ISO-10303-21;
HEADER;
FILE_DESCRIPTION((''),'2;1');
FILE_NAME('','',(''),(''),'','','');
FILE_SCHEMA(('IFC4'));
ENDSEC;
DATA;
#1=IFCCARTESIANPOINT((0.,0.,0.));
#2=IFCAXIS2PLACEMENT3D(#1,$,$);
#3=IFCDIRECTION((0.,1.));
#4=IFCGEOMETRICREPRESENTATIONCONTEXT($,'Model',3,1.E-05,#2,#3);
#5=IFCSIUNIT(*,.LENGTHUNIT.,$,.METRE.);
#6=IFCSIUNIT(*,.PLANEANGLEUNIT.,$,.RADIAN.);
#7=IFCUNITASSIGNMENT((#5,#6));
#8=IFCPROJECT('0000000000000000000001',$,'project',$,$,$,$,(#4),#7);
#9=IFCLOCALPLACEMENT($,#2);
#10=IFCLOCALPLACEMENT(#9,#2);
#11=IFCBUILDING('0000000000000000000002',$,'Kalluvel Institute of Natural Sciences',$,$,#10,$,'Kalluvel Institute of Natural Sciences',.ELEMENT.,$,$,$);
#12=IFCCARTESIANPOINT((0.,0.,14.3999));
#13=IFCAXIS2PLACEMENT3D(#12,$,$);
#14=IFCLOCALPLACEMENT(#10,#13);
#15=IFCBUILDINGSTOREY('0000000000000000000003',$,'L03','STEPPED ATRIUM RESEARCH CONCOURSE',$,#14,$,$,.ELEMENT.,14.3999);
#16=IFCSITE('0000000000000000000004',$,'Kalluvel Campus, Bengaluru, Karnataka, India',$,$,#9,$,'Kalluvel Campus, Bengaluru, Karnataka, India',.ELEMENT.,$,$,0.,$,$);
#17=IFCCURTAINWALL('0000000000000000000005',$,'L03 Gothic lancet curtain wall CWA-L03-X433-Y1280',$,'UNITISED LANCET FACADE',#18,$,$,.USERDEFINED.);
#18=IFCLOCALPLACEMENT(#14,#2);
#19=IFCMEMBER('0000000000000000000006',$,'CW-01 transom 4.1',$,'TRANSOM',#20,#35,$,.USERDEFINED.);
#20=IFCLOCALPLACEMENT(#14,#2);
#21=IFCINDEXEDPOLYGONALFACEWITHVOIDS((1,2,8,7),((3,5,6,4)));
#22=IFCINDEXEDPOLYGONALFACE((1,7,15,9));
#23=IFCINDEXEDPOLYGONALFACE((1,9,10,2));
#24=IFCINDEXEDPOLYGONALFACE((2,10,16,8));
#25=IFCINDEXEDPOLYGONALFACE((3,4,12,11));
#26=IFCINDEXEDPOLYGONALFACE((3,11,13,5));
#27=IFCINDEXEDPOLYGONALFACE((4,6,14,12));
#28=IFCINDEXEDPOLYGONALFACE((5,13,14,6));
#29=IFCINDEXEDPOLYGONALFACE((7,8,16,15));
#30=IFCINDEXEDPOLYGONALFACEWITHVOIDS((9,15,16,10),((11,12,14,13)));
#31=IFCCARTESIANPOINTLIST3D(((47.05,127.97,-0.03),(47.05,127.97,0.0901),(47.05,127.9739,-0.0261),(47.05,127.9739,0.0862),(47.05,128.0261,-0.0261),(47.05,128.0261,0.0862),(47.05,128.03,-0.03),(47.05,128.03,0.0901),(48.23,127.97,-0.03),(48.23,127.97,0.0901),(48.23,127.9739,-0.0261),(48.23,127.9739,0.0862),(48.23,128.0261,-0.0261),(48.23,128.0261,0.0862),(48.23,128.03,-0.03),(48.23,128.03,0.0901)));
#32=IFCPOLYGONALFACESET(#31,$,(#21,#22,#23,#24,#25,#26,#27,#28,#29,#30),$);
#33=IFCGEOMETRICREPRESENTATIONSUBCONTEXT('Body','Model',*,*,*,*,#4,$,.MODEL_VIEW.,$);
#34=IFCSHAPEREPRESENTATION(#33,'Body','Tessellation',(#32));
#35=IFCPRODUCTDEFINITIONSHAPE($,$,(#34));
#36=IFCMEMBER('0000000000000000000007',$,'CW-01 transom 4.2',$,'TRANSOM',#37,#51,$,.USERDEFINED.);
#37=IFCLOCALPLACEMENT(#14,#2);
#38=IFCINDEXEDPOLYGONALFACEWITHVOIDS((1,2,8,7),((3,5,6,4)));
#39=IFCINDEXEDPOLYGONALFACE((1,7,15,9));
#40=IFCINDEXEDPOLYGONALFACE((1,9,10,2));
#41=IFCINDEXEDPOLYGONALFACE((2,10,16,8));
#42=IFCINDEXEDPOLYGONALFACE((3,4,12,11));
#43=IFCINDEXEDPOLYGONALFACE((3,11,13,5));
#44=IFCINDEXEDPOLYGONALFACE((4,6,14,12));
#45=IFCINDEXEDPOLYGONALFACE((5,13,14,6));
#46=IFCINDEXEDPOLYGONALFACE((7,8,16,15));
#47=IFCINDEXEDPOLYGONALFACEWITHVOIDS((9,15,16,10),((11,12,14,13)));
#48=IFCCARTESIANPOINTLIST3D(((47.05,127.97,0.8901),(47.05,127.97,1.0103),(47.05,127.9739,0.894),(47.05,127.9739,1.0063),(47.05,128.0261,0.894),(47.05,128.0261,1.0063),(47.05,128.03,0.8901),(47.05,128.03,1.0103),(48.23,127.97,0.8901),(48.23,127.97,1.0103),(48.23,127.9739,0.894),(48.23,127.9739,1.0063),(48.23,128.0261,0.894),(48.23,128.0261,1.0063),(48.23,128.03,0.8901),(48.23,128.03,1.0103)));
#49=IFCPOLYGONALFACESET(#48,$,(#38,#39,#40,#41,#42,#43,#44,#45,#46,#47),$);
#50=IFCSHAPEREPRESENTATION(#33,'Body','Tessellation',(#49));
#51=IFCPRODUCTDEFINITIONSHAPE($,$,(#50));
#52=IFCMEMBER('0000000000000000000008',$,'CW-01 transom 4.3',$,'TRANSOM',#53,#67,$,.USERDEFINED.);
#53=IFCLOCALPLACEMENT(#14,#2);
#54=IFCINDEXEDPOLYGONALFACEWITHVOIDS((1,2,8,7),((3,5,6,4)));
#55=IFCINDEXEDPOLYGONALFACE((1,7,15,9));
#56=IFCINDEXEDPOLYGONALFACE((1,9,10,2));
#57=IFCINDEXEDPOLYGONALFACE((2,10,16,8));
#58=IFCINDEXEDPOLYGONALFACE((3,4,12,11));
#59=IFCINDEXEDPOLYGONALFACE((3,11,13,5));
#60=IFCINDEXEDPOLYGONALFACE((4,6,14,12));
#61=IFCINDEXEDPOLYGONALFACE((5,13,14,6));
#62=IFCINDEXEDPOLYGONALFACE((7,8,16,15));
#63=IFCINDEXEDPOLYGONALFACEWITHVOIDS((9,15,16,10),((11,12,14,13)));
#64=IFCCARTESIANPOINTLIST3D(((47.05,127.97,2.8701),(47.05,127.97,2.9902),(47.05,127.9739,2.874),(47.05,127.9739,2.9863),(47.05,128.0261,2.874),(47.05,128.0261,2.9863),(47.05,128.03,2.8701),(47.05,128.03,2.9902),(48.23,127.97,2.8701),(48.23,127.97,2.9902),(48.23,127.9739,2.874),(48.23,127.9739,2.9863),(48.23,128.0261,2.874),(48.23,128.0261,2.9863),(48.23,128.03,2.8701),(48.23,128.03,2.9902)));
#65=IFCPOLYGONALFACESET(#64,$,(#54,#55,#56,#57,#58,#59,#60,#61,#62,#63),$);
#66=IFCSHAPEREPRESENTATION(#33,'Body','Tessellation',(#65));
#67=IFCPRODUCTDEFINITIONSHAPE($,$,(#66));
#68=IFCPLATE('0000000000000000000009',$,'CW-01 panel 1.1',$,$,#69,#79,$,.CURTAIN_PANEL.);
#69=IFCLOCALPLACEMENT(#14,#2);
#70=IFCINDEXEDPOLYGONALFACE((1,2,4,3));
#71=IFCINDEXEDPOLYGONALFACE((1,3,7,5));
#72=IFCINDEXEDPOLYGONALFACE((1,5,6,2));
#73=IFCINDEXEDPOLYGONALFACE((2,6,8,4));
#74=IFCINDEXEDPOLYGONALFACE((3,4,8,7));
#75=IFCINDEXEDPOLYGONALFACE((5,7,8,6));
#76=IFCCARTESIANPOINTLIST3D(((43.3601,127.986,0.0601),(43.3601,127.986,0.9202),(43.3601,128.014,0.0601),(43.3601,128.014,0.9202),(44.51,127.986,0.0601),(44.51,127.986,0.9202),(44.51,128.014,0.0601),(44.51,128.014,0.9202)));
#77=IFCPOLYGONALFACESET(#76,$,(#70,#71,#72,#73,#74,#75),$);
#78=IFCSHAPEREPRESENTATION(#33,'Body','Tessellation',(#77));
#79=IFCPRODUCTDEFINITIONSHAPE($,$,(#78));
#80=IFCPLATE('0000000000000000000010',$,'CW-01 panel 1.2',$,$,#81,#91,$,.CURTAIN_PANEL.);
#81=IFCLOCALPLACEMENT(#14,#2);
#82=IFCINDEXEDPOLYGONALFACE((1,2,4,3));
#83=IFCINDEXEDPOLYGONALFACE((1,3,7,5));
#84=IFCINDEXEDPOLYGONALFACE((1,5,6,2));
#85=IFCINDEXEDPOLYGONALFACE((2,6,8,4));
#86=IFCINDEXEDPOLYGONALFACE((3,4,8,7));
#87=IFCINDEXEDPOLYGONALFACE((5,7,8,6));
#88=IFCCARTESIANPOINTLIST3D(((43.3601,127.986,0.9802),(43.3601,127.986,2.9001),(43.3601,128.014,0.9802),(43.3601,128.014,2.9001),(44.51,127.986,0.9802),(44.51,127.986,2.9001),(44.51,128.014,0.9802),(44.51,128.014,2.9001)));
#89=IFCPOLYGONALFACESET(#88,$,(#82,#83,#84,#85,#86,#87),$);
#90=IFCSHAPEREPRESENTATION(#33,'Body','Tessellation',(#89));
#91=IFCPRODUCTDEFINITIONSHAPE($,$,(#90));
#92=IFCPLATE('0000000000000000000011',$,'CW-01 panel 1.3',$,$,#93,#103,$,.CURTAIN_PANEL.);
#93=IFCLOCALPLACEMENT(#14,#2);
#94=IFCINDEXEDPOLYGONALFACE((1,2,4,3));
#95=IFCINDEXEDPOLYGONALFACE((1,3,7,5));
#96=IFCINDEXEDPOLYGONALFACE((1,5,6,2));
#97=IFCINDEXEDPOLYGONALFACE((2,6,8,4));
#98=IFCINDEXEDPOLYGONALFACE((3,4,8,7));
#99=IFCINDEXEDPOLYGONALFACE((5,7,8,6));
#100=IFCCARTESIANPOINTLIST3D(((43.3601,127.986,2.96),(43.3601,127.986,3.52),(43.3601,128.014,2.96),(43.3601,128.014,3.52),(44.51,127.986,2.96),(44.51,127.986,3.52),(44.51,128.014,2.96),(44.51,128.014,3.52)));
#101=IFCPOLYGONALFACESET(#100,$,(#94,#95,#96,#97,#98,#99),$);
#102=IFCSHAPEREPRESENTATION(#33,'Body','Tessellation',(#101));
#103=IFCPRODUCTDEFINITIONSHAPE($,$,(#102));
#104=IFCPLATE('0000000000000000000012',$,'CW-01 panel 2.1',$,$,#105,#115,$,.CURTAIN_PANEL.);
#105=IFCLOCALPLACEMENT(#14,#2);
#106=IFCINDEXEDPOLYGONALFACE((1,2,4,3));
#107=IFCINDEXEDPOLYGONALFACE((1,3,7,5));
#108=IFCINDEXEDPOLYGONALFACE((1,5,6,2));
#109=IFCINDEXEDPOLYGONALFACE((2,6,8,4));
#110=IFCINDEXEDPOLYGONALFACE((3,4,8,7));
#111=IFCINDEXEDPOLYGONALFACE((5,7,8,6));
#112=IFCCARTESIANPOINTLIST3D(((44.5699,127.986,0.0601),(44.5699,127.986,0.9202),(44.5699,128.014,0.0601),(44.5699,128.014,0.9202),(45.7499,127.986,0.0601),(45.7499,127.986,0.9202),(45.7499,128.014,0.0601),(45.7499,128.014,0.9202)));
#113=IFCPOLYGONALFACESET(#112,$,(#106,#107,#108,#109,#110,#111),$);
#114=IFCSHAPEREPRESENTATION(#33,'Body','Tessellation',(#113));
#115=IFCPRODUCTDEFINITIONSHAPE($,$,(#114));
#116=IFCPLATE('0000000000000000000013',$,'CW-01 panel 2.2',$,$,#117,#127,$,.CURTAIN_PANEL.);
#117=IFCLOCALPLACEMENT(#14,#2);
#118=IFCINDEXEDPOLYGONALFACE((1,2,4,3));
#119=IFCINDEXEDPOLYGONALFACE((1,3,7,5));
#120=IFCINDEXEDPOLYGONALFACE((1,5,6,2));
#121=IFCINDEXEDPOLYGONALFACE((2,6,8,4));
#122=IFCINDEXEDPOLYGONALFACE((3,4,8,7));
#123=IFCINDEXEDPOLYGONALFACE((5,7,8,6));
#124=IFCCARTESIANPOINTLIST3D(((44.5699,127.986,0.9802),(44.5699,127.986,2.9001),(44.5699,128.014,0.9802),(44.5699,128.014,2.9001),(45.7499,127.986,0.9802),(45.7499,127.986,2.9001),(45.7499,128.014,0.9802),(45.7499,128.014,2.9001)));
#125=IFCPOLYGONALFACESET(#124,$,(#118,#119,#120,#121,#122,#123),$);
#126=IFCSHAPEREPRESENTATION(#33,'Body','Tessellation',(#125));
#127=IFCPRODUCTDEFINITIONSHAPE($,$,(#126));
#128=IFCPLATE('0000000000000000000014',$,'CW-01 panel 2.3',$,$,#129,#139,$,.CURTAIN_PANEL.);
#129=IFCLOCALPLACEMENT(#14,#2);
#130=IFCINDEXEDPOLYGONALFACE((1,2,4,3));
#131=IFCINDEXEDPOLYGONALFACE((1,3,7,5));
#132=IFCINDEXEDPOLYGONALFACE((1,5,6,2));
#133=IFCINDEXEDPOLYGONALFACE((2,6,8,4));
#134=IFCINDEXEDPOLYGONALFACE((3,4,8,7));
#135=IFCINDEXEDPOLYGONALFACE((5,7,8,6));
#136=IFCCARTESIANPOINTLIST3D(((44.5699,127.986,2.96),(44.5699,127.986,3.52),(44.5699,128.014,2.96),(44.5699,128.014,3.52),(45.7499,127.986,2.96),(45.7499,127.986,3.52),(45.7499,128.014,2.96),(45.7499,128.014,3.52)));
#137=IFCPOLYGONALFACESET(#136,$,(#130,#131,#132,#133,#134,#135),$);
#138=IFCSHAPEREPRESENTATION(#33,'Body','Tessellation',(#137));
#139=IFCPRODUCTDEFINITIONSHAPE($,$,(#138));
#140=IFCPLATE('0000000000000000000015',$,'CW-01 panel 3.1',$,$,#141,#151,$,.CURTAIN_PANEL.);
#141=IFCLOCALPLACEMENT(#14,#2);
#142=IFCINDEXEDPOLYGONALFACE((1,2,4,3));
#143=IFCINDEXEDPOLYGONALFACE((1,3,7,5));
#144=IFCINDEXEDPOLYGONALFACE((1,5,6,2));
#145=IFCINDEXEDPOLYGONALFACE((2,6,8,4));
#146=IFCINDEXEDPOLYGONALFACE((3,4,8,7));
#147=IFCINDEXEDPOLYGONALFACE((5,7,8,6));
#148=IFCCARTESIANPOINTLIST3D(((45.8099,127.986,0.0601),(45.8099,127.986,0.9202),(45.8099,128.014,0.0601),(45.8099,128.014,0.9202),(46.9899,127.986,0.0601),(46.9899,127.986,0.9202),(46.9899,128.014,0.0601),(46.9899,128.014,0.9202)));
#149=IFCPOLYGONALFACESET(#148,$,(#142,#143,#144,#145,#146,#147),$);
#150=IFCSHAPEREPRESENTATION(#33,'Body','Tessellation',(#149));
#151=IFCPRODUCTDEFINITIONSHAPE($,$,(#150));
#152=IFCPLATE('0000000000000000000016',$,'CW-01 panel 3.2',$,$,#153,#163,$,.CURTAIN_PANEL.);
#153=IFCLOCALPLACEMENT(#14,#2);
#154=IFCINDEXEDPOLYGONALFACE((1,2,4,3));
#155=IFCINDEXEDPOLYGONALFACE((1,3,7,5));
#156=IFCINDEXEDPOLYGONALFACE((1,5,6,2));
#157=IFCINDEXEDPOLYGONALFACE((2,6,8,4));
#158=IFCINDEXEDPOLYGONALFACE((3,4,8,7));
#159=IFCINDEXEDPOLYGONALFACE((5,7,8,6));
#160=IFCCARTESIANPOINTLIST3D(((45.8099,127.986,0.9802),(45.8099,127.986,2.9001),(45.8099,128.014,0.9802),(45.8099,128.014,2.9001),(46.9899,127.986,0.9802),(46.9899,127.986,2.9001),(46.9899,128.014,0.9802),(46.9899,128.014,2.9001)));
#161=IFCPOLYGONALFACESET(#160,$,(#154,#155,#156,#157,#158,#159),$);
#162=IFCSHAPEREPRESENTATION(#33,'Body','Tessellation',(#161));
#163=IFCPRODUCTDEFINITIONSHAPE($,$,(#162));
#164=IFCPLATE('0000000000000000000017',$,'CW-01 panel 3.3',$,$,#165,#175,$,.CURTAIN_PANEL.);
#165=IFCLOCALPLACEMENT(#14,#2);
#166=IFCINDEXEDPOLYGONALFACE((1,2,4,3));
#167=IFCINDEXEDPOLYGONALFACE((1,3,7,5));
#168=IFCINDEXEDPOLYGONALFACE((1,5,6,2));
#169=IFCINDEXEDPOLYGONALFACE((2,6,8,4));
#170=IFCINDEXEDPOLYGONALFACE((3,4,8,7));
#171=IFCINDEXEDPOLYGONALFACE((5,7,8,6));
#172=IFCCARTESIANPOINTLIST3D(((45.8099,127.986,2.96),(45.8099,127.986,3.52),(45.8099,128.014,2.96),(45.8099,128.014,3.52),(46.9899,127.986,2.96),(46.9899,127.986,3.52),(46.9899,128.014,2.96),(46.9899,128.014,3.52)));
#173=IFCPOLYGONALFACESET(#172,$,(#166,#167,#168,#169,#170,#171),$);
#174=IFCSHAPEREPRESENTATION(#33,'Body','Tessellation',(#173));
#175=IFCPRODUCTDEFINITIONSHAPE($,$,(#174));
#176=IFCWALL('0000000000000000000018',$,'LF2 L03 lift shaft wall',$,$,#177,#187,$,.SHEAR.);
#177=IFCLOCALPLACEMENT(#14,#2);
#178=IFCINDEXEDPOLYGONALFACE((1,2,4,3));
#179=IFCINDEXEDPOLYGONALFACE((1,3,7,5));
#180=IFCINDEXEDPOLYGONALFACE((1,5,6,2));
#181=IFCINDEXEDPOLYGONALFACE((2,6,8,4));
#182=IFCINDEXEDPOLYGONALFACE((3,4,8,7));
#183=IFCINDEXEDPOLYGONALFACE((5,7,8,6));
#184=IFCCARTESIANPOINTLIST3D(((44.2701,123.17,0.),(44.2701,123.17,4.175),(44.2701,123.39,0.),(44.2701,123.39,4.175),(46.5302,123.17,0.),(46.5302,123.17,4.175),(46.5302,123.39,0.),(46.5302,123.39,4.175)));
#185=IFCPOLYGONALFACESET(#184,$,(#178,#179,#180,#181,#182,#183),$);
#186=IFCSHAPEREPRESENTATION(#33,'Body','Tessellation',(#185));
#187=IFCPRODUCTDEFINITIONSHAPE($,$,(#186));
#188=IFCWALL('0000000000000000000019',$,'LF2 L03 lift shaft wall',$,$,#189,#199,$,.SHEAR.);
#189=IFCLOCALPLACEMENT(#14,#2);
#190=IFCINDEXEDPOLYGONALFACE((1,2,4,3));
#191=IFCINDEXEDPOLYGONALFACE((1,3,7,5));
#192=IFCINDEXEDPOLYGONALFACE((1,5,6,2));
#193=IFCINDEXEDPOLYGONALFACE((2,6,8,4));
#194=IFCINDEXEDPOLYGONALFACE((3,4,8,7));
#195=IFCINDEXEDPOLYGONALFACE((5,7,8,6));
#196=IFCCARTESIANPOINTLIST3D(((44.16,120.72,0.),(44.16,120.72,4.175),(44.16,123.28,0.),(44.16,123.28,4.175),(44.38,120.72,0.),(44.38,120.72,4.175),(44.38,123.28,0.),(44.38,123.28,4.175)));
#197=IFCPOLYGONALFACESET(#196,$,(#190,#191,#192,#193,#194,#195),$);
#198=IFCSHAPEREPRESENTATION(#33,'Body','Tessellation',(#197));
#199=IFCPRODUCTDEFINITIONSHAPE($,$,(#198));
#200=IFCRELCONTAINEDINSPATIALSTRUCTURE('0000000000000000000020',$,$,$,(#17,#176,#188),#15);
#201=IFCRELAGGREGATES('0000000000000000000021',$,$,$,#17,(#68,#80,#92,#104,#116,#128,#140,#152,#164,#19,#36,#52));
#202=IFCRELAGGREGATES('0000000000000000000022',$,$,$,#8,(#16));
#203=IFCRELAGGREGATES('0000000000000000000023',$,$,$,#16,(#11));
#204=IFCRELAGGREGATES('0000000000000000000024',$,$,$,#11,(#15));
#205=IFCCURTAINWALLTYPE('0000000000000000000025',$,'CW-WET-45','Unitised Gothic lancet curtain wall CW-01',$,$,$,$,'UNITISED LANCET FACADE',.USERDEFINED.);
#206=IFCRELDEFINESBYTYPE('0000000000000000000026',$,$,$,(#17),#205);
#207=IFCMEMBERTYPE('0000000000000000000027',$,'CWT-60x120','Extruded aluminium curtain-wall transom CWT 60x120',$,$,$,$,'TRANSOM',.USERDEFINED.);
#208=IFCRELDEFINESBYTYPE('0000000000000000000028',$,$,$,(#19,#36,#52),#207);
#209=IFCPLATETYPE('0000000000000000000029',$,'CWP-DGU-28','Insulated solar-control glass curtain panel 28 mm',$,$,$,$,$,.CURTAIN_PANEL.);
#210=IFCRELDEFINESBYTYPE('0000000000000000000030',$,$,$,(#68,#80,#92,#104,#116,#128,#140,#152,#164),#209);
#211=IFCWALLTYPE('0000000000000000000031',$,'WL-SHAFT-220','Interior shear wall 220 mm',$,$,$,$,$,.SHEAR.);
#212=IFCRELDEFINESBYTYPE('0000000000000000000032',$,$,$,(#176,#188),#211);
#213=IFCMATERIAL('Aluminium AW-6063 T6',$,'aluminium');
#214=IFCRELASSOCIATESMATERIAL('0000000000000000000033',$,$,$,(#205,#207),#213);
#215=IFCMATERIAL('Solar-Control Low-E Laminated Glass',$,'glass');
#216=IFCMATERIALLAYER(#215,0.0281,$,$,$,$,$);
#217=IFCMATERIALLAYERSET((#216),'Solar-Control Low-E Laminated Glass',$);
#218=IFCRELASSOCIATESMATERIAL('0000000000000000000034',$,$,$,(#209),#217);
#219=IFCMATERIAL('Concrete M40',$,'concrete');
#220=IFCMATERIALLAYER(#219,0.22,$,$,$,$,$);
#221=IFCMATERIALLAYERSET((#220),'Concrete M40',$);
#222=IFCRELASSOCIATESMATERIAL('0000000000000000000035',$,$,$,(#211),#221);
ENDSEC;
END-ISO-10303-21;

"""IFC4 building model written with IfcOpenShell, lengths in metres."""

from ifc_helpers import new_model, si_unit, direction, frame, frame_2d, origin, origin_2d, place, context, subcontext, project, spatial, rectangle, hollow_rectangle, extrude, material, layer, layer_set, material_profile, profile_set, type_object, element, aggregate, save


model = new_model("IFC4")

# Units and contexts
model_context = context("Model", 3, precision=1e-05, world=origin(), true_north=direction((0.0, 1.0)))
body_context = subcontext(model_context, "Body", "Model", "MODEL_VIEW")
ifc_project = project(units=[si_unit("LENGTHUNIT", "METRE"), si_unit("PLANEANGLEUNIT", "RADIAN")], contexts=[model_context])

# Site, building, storey
site_placement = place(None, origin())
site = spatial("IfcSite", under=ifc_project, at=site_placement, Name="Kalluvel Campus, Bengaluru, Karnataka, India", LongName="Kalluvel Campus, Bengaluru, Karnataka, India", CompositionType="ELEMENT", RefElevation=0.0)
building_placement = place(site_placement, origin())
building = spatial("IfcBuilding", under=site, at=building_placement, Name="Kalluvel Institute of Natural Sciences", LongName="Kalluvel Institute of Natural Sciences", CompositionType="ELEMENT")
storey_placement = place(building_placement, frame((0.0, 0.0, 14.3999)))
storey = spatial("IfcBuildingStorey", under=building, at=storey_placement, Name="L03", Description="STEPPED ATRIUM RESEARCH CONCOURSE", CompositionType="ELEMENT", Elevation=14.3999)

# Curtain wall, members, plates
ifc_material_1 = material(Name="Aluminium AW-6063 T6", Category="aluminium")
curtain_wall_type = type_object("IfcCurtainWallType", Name="CW-WET-45", Description="Unitised Gothic lancet curtain wall CW-01", ElementType="UNITISED LANCET FACADE", PredefinedType="USERDEFINED", material=ifc_material_1)
curtain_wall_placement = place(storey_placement, origin())
curtain_wall = element("IfcCurtainWall", 1, at=curtain_wall_placement, inside=storey, type_object=curtain_wall_type, Name="L03 Gothic lancet curtain wall CWA-L03-X433-Y1280", ObjectType="UNITISED LANCET FACADE", PredefinedType="USERDEFINED")
ifc_material_profile_1 = material_profile(ifc_material_1, hollow_rectangle(XDim=0.0601, YDim=0.1201, WallThickness=0.0039, at=origin_2d()), Name="CWT 60x120")
ifc_profile_set_1 = profile_set([ifc_material_profile_1], Name="Aluminium AW-6063 T6")
member_type_1 = type_object("IfcMemberType", Name="CWT-60x120", Description="Extruded aluminium curtain-wall transom CWT 60x120", ElementType="TRANSOM", PredefinedType="USERDEFINED", material=ifc_profile_set_1)
member_1_placement = place(storey_placement, frame((47.05, 128.0, 0.03), z_axis=(1.0, 0.0, 0.0), x_axis=(0.0, 1.0, 0.0)))
member_1 = element("IfcMember", 2, at=member_1_placement, type_object=member_type_1, Name="CW-01 transom 4.1", ObjectType="TRANSOM", PredefinedType="USERDEFINED", context=body_context, shape_type="SweptSolid", body=[
    extrude(hollow_rectangle(XDim=0.0601, YDim=0.1201, WallThickness=0.0039, at=origin_2d()), origin(), (0.0, 0.0, 1.0), 1.1799),
])
member_2_placement = place(storey_placement, frame((47.05, 128.0, 0.9502), z_axis=(1.0, 0.0, 0.0), x_axis=(0.0, 1.0, 0.0)))
member_2 = element("IfcMember", 3, at=member_2_placement, type_object=member_type_1, Name="CW-01 transom 4.2", ObjectType="TRANSOM", PredefinedType="USERDEFINED", context=body_context, shape_type="SweptSolid", body=[
    extrude(hollow_rectangle(XDim=0.0601, YDim=0.1201, WallThickness=0.0039, at=origin_2d()), origin(), (0.0, 0.0, 1.0), 1.1799),
])
member_3_placement = place(storey_placement, frame((47.05, 128.0, 2.9302), z_axis=(1.0, 0.0, 0.0), x_axis=(0.0, 1.0, 0.0)))
member_3 = element("IfcMember", 4, at=member_3_placement, type_object=member_type_1, Name="CW-01 transom 4.3", ObjectType="TRANSOM", PredefinedType="USERDEFINED", context=body_context, shape_type="SweptSolid", body=[
    extrude(hollow_rectangle(XDim=0.0601, YDim=0.1201, WallThickness=0.0039, at=origin_2d()), origin(), (0.0, 0.0, 1.0), 1.1799),
])
ifc_material_2 = material(Name="Solar-Control Low-E Laminated Glass", Category="glass")
ifc_layer_1 = layer(ifc_material_2, 0.0281)
ifc_layer_set_1 = layer_set([ifc_layer_1], Name="Solar-Control Low-E Laminated Glass")
plate_type = type_object("IfcPlateType", Name="CWP-DGU-28", Description="Insulated solar-control glass curtain panel 28 mm", PredefinedType="CURTAIN_PANEL", material=ifc_layer_set_1)
plate_1_placement = place(storey_placement, frame((43.9351, 128.0, 0.0601), z_axis=(0.0, 0.0, 1.0), x_axis=(1.0, 0.0, 0.0)))
plate_1 = element("IfcPlate", 5, at=plate_1_placement, type_object=plate_type, Name="CW-01 panel 1.1", PredefinedType="CURTAIN_PANEL", context=body_context, shape_type="SweptSolid", body=[
    extrude(rectangle(XDim=1.1499, YDim=0.0281, at=origin_2d()), origin(), (0.0, 0.0, 1.0), 0.8601),
])
plate_2_placement = place(storey_placement, frame((43.9351, 128.0, 0.9802), z_axis=(0.0, 0.0, 1.0), x_axis=(1.0, 0.0, 0.0)))
plate_2 = element("IfcPlate", 6, at=plate_2_placement, type_object=plate_type, Name="CW-01 panel 1.2", PredefinedType="CURTAIN_PANEL", context=body_context, shape_type="SweptSolid", body=[
    extrude(rectangle(XDim=1.1499, YDim=0.0281, at=origin_2d()), origin(), (0.0, 0.0, 1.0), 1.9199),
])
plate_3_placement = place(storey_placement, frame((43.9351, 128.0, 2.96), z_axis=(0.0, 0.0, 1.0), x_axis=(1.0, 0.0, 0.0)))
plate_3 = element("IfcPlate", 7, at=plate_3_placement, type_object=plate_type, Name="CW-01 panel 1.3", PredefinedType="CURTAIN_PANEL", context=body_context, shape_type="SweptSolid", body=[
    extrude(rectangle(XDim=1.1499, YDim=0.0281, at=origin_2d()), origin(), (0.0, 0.0, 1.0), 0.5601),
])
plate_4_placement = place(storey_placement, frame((45.1599, 128.0, 0.0601), z_axis=(0.0, 0.0, 1.0), x_axis=(1.0, 0.0, 0.0)))
plate_4 = element("IfcPlate", 8, at=plate_4_placement, type_object=plate_type, Name="CW-01 panel 2.1", PredefinedType="CURTAIN_PANEL", context=body_context, shape_type="SweptSolid", body=[
    extrude(rectangle(XDim=1.1799, YDim=0.0281, at=origin_2d()), origin(), (0.0, 0.0, 1.0), 0.8601),
])
plate_5_placement = place(storey_placement, frame((45.1599, 128.0, 0.9802), z_axis=(0.0, 0.0, 1.0), x_axis=(1.0, 0.0, 0.0)))
plate_5 = element("IfcPlate", 9, at=plate_5_placement, type_object=plate_type, Name="CW-01 panel 2.2", PredefinedType="CURTAIN_PANEL", context=body_context, shape_type="SweptSolid", body=[
    extrude(rectangle(XDim=1.1799, YDim=0.0281, at=origin_2d()), origin(), (0.0, 0.0, 1.0), 1.9199),
])
plate_6_placement = place(storey_placement, frame((45.1599, 128.0, 2.96), z_axis=(0.0, 0.0, 1.0), x_axis=(1.0, 0.0, 0.0)))
plate_6 = element("IfcPlate", 10, at=plate_6_placement, type_object=plate_type, Name="CW-01 panel 2.3", PredefinedType="CURTAIN_PANEL", context=body_context, shape_type="SweptSolid", body=[
    extrude(rectangle(XDim=1.1799, YDim=0.0281, at=origin_2d()), origin(), (0.0, 0.0, 1.0), 0.5601),
])
plate_7_placement = place(storey_placement, frame((46.3999, 128.0, 0.0601), z_axis=(0.0, 0.0, 1.0), x_axis=(1.0, 0.0, 0.0)))
plate_7 = element("IfcPlate", 11, at=plate_7_placement, type_object=plate_type, Name="CW-01 panel 3.1", PredefinedType="CURTAIN_PANEL", context=body_context, shape_type="SweptSolid", body=[
    extrude(rectangle(XDim=1.1799, YDim=0.0281, at=origin_2d()), origin(), (0.0, 0.0, 1.0), 0.8601),
])
plate_8_placement = place(storey_placement, frame((46.3999, 128.0, 0.9802), z_axis=(0.0, 0.0, 1.0), x_axis=(1.0, 0.0, 0.0)))
plate_8 = element("IfcPlate", 12, at=plate_8_placement, type_object=plate_type, Name="CW-01 panel 3.2", PredefinedType="CURTAIN_PANEL", context=body_context, shape_type="SweptSolid", body=[
    extrude(rectangle(XDim=1.1799, YDim=0.0281, at=origin_2d()), origin(), (0.0, 0.0, 1.0), 1.9199),
])
plate_9_placement = place(storey_placement, frame((46.3999, 128.0, 2.96), z_axis=(0.0, 0.0, 1.0), x_axis=(1.0, 0.0, 0.0)))
plate_9 = element("IfcPlate", 13, at=plate_9_placement, type_object=plate_type, Name="CW-01 panel 3.3", PredefinedType="CURTAIN_PANEL", context=body_context, shape_type="SweptSolid", body=[
    extrude(rectangle(XDim=1.1799, YDim=0.0281, at=origin_2d()), origin(), (0.0, 0.0, 1.0), 0.5601),
])
aggregate(curtain_wall, [plate_1, plate_2, plate_3, plate_4, plate_5, plate_6, plate_7, plate_8, plate_9, member_1, member_2, member_3])

# Walls
ifc_material_3 = material(Name="Concrete M40", Category="concrete")
ifc_layer_2 = layer(ifc_material_3, 0.22)
ifc_layer_set_2 = layer_set([ifc_layer_2], Name="Concrete M40")
wall_type = type_object("IfcWallType", Name="WL-SHAFT-220", Description="Interior shear wall 220 mm", PredefinedType="SHEAR", material=ifc_layer_set_2)
wall_1_placement = place(storey_placement, frame((46.53, 123.28, 0.0), z_axis=(0.0, 0.0, 1.0), x_axis=(-1.0, 0.0, 0.0)))
element("IfcWall", 14, at=wall_1_placement, inside=storey, type_object=wall_type, Name="LF2 L03 lift shaft wall", PredefinedType="SHEAR", context=body_context, shape_type="SweptSolid", body=[
    extrude(rectangle(XDim=2.26, YDim=0.22, at=frame_2d((1.1299, 0.0))), origin(), (0.0, 0.0, 1.0), 4.175),
])
wall_2_placement = place(storey_placement, frame((44.27, 123.28, 0.0), z_axis=(0.0, 0.0, 1.0), x_axis=(0.0, -1.0, 0.0)))
element("IfcWall", 15, at=wall_2_placement, inside=storey, type_object=wall_type, Name="LF2 L03 lift shaft wall", PredefinedType="SHEAR", context=body_context, shape_type="SweptSolid", body=[
    extrude(rectangle(XDim=2.5601, YDim=0.22, at=frame_2d((1.28, 0.0))), origin(), (0.0, 0.0, 1.0), 4.175),
])

save(model, "model.ifc")
